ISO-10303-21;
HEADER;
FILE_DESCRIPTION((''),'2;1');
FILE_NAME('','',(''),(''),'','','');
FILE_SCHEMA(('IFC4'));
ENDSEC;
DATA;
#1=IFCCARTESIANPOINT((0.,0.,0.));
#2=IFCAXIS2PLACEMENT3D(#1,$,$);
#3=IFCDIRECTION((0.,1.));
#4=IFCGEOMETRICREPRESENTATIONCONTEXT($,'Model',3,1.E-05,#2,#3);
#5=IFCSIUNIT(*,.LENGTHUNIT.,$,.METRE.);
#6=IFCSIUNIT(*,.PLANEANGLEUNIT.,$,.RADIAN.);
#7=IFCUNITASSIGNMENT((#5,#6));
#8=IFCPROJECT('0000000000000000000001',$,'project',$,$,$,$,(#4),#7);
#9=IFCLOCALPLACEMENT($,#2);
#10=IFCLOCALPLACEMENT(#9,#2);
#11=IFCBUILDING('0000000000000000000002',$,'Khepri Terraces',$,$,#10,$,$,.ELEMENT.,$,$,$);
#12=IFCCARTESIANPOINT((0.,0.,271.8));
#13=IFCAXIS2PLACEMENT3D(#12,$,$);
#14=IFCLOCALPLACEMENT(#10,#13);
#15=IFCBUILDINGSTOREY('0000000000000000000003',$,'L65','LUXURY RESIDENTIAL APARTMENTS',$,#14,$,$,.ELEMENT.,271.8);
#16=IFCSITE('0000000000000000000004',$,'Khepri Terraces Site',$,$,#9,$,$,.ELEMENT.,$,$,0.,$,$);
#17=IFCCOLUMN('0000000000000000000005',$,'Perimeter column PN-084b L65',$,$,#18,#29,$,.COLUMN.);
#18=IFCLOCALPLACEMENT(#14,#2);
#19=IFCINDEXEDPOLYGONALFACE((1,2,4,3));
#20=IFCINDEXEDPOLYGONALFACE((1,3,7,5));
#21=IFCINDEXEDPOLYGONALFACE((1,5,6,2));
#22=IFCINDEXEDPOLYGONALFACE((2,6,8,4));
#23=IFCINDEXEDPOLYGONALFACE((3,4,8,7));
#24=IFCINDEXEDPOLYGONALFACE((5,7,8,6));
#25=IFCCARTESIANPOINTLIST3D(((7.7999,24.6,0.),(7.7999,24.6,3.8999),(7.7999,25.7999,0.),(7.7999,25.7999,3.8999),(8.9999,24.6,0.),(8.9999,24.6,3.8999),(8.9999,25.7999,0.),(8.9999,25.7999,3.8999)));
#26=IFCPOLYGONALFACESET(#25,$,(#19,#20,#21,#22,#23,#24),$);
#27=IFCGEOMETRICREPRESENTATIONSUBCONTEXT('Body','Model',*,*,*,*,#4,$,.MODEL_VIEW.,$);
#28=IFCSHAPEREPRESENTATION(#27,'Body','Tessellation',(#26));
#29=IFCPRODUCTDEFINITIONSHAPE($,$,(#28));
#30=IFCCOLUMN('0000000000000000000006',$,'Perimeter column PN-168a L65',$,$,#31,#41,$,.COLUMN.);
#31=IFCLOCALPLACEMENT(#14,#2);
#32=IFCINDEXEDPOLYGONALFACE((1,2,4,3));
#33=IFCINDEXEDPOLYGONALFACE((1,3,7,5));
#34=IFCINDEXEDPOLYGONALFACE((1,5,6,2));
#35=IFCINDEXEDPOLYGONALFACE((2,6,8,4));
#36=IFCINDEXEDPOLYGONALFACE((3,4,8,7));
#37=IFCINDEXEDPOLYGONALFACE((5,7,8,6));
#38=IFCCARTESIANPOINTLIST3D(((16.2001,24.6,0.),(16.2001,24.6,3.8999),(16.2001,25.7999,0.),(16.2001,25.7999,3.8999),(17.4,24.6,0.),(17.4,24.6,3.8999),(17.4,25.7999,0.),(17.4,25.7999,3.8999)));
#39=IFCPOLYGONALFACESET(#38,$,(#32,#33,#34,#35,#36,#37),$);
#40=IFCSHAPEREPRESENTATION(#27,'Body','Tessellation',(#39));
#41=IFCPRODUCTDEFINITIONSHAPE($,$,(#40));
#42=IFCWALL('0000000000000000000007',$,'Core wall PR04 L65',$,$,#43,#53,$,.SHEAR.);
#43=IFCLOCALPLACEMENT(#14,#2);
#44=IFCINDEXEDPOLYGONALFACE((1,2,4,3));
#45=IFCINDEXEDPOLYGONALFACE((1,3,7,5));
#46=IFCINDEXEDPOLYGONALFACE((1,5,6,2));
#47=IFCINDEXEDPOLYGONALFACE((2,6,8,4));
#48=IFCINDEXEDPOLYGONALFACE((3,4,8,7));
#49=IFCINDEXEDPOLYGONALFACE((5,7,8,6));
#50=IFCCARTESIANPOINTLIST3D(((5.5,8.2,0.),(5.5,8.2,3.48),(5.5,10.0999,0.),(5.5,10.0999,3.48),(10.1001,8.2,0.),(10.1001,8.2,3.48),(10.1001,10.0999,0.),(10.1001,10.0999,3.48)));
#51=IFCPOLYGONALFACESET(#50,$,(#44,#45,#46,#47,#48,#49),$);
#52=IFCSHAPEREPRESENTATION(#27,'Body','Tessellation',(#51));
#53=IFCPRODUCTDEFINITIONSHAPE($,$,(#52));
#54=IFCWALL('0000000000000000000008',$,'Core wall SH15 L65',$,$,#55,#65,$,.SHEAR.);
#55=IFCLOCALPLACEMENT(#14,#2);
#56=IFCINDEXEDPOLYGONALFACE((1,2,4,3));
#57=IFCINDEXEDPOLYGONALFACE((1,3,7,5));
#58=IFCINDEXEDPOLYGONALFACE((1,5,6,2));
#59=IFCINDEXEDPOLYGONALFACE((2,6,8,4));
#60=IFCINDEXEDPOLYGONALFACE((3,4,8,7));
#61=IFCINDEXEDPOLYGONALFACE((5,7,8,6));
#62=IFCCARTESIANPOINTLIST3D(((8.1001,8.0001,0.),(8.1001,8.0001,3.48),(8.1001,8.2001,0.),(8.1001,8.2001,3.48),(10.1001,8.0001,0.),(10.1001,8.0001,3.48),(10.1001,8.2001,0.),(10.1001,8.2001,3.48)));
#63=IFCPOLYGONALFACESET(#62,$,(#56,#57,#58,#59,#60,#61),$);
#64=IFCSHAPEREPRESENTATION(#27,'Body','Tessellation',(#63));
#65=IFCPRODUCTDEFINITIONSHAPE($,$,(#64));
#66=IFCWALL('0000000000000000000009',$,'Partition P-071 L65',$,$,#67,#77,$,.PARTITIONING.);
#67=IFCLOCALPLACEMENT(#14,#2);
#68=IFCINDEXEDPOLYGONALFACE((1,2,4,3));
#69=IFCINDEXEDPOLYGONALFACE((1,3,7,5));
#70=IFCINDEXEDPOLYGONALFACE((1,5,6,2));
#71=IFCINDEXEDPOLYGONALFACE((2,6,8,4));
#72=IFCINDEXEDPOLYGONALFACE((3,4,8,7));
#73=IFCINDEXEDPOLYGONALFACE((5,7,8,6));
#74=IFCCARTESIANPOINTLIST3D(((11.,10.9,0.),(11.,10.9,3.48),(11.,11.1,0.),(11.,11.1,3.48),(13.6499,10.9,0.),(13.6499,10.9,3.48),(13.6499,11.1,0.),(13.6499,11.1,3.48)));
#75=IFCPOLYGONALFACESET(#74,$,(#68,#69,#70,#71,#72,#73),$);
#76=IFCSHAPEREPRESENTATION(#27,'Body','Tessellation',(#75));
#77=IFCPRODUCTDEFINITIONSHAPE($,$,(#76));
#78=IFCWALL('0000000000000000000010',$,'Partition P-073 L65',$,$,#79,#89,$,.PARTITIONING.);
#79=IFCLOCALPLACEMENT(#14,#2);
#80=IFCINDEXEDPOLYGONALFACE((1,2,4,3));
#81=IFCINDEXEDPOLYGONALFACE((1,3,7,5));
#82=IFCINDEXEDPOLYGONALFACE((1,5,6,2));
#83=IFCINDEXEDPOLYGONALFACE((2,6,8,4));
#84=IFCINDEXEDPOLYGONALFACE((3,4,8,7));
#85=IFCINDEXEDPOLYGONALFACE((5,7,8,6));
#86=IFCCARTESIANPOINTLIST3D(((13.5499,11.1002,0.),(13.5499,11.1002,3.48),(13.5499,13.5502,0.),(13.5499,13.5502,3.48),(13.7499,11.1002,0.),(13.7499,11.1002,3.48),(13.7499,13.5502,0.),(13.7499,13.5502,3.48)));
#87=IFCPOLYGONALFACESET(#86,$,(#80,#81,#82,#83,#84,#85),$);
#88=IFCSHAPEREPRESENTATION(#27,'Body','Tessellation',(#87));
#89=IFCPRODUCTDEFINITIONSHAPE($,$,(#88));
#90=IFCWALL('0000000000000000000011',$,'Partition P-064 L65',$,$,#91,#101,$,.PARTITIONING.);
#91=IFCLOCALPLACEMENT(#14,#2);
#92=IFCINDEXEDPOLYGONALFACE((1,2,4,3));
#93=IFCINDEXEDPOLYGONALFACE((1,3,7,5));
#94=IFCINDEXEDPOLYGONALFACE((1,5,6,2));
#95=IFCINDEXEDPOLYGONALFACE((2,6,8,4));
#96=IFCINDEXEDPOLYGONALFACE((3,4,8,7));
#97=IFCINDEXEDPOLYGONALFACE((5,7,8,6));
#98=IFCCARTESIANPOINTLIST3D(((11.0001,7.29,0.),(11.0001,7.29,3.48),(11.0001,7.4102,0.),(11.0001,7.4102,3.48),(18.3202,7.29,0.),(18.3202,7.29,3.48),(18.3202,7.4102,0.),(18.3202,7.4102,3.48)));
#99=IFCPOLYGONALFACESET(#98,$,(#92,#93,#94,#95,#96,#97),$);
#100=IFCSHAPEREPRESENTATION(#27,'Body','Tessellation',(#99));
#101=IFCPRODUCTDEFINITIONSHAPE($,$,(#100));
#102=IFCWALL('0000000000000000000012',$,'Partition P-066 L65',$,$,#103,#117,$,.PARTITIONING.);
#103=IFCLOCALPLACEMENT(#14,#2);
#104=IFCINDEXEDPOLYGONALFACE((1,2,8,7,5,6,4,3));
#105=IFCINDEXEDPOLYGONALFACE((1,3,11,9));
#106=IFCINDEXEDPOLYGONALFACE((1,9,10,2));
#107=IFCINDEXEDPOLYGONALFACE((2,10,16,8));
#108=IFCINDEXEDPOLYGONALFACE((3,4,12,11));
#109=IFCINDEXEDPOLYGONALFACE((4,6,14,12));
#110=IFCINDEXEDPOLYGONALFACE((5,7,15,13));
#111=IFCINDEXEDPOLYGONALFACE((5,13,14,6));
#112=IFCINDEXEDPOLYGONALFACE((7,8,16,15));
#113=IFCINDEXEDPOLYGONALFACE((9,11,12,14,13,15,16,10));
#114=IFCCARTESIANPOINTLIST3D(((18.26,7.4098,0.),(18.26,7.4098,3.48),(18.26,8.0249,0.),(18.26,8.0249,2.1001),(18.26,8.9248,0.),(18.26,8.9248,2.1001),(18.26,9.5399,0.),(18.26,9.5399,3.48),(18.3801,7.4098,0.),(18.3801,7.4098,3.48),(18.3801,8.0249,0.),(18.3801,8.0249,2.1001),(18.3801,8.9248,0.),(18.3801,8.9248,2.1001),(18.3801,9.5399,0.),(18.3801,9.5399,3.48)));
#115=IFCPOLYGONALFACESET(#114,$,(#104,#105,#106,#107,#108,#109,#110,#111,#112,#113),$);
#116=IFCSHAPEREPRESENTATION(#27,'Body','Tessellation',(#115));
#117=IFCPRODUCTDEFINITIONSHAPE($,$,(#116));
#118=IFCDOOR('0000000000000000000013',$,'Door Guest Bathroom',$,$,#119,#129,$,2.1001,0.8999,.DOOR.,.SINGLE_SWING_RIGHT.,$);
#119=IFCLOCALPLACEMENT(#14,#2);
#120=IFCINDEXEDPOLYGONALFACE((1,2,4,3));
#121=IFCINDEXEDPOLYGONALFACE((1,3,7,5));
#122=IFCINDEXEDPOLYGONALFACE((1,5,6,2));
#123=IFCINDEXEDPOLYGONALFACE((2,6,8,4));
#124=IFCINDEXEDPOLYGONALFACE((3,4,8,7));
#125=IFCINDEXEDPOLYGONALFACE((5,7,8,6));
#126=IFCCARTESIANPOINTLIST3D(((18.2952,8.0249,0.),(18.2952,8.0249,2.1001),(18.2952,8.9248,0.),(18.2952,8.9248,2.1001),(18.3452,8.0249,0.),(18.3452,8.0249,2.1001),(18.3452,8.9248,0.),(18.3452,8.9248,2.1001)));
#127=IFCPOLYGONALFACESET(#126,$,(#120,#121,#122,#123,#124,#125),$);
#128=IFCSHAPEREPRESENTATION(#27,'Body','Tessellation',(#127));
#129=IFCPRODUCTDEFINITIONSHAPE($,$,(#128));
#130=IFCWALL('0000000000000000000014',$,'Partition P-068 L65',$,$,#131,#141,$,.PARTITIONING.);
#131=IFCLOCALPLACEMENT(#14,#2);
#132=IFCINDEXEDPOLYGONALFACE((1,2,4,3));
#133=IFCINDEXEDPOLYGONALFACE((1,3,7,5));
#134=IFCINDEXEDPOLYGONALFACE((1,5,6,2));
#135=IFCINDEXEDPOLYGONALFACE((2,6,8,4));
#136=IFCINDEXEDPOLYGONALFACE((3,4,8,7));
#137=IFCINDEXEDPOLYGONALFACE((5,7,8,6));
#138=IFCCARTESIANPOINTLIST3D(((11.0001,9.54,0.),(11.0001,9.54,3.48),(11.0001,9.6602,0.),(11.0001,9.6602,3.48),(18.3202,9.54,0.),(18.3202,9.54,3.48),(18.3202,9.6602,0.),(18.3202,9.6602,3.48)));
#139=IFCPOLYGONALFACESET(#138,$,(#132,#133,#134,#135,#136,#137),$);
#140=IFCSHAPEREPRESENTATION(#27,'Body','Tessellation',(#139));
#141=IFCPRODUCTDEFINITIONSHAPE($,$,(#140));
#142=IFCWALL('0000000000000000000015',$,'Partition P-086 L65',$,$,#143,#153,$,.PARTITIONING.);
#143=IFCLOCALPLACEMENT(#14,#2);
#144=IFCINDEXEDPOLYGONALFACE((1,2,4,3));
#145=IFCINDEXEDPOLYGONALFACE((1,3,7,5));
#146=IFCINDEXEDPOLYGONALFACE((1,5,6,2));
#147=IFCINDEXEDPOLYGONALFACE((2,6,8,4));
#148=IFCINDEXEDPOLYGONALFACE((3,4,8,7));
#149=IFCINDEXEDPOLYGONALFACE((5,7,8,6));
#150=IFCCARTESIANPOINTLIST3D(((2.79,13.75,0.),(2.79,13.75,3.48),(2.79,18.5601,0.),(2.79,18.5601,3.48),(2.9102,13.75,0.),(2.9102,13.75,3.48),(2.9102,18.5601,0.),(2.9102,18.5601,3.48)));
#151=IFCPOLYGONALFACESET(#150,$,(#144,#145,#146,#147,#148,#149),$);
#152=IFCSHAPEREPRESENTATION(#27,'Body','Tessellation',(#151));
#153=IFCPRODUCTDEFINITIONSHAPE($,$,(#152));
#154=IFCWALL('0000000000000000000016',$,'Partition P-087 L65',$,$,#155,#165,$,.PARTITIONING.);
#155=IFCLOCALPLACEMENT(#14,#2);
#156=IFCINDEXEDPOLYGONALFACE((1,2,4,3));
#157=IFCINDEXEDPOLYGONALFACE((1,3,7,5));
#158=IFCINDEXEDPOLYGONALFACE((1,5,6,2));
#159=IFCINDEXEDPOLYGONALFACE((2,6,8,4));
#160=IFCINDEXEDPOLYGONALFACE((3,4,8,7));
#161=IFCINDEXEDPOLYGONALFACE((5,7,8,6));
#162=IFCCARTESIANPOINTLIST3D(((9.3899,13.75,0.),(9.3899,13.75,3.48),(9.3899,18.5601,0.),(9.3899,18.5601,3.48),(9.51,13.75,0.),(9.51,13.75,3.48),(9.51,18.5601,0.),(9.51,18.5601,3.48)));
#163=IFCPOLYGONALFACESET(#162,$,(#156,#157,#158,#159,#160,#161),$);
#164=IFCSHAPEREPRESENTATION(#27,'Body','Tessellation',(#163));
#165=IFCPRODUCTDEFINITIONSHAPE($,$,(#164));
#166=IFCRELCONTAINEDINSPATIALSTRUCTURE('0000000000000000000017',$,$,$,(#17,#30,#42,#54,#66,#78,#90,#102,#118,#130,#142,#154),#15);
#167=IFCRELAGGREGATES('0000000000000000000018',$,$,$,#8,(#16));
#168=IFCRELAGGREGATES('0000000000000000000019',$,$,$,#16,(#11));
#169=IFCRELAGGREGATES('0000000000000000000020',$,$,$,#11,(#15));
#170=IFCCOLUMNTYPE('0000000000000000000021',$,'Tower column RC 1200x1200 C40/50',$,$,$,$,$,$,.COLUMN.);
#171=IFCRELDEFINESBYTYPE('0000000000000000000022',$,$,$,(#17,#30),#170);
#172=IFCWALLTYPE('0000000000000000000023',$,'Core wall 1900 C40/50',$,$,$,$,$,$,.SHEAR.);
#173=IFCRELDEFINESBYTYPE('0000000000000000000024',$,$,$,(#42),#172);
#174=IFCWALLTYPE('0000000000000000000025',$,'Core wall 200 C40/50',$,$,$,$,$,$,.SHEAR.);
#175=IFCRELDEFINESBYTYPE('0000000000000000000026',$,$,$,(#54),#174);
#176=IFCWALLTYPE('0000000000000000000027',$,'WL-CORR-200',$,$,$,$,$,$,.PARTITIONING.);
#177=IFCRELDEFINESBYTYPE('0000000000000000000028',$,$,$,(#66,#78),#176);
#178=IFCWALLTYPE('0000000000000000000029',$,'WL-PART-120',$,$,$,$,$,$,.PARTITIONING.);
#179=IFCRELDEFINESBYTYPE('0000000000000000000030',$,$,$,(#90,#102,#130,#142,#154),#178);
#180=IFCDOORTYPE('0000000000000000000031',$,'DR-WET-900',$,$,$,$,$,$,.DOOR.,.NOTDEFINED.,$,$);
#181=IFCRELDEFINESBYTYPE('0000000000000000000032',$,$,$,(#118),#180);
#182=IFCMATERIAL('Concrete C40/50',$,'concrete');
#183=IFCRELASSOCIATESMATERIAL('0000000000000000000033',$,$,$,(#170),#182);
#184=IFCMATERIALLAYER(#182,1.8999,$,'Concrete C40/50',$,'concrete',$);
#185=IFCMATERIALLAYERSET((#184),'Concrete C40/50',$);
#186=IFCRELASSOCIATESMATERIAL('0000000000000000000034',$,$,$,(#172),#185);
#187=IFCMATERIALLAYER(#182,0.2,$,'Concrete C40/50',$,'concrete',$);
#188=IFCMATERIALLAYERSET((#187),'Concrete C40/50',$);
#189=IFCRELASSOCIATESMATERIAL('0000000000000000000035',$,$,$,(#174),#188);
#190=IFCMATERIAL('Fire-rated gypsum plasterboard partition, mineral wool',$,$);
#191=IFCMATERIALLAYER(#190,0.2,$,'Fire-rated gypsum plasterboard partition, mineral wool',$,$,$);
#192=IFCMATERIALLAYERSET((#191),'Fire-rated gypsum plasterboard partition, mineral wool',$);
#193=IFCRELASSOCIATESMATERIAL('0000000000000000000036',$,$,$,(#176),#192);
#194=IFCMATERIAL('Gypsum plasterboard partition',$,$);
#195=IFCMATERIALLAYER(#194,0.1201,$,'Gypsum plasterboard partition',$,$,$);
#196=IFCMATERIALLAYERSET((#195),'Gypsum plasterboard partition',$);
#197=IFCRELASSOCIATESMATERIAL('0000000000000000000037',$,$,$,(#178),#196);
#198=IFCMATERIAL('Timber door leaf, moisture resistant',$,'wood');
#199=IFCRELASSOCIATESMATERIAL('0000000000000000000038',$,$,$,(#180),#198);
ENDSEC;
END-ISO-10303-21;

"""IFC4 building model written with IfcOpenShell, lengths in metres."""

from ifc_helpers import new_model, si_unit, direction, frame, frame_2d, origin, origin_2d, place, context, subcontext, project, spatial, rectangle, extrude, material, layer, layer_set, material_profile, profile_set, type_object, element, fill, save


model = new_model("IFC4")

# Units and contexts
model_context = context("Model", 3, precision=1e-05, world=origin(), true_north=direction((0.0, 1.0)))
body_context = subcontext(model_context, "Body", "Model", "MODEL_VIEW")
ifc_project = project(units=[si_unit("LENGTHUNIT", "METRE"), si_unit("PLANEANGLEUNIT", "RADIAN")], contexts=[model_context])

# Site, building, storey
site_placement = place(None, origin())
site = spatial("IfcSite", under=ifc_project, at=site_placement, Name="Khepri Terraces Site", CompositionType="ELEMENT", RefElevation=0.0)
building_placement = place(site_placement, origin())
building = spatial("IfcBuilding", under=site, at=building_placement, Name="Khepri Terraces", CompositionType="ELEMENT")
storey_placement = place(building_placement, frame((0.0, 0.0, 271.8)))
storey = spatial("IfcBuildingStorey", under=building, at=storey_placement, Name="L65", Description="LUXURY RESIDENTIAL APARTMENTS", CompositionType="ELEMENT", Elevation=271.8)

# Columns
ifc_material_1 = material(Name="Concrete C40/50", Category="concrete")
ifc_material_profile = material_profile(ifc_material_1, rectangle(XDim=1.2, YDim=1.2, at=origin_2d()), Name="Concrete C40/50", Category="concrete")
ifc_profile_set = profile_set([ifc_material_profile], Name="Concrete C40/50")
column_type = type_object("IfcColumnType", Name="Tower column RC 1200x1200 C40/50", PredefinedType="COLUMN", material=ifc_profile_set)
for number, where, z_axis, x_axis, name in (
    (1, (8.3999, 25.2, 0.0), (0.0, 0.0, 1.0), (1.0, 0.0, 0.0), "Perimeter column PN-084b L65"),
    (2, (16.8, 25.2, 0.0), (0.0, 0.0, 1.0), (1.0, 0.0, 0.0), "Perimeter column PN-168a L65"),
):
    element("IfcColumn", number, at=place(storey_placement, frame(where, z_axis=z_axis, x_axis=x_axis)), inside=storey, type_object=column_type, Name=name, PredefinedType="COLUMN", context=body_context, shape_type="SweptSolid", body=[
        extrude(rectangle(XDim=1.2, YDim=1.2, at=origin_2d()), origin(), (0.0, 0.0, 1.0), 3.8999),
    ])

# Walls
ifc_layer_1 = layer(ifc_material_1, 1.8999, Name="Concrete C40/50", Category="concrete")
ifc_layer_set_1 = layer_set([ifc_layer_1], Name="Concrete C40/50")
wall_type_1 = type_object("IfcWallType", Name="Core wall 1900 C40/50", PredefinedType="SHEAR", material=ifc_layer_set_1)
wall_1_placement = place(storey_placement, frame((5.5, 9.1499, 0.0), z_axis=(0.0, 0.0, 1.0), x_axis=(1.0, 0.0, 0.0)))
element("IfcWall", 3, at=wall_1_placement, inside=storey, type_object=wall_type_1, Name="Core wall PR04 L65", PredefinedType="SHEAR", context=body_context, shape_type="SweptSolid", body=[
    extrude(rectangle(XDim=4.6001, YDim=1.8999, at=frame_2d((2.3, 0.0))), origin(), (0.0, 0.0, 1.0), 3.48),
])
ifc_layer_2 = layer(ifc_material_1, 0.2, Name="Concrete C40/50", Category="concrete")
ifc_layer_set_2 = layer_set([ifc_layer_2], Name="Concrete C40/50")
wall_type_2 = type_object("IfcWallType", Name="Core wall 200 C40/50", PredefinedType="SHEAR", material=ifc_layer_set_2)
wall_2_placement = place(storey_placement, frame((8.1001, 8.1001, 0.0), z_axis=(0.0, 0.0, 1.0), x_axis=(1.0, 0.0, 0.0)))
element("IfcWall", 4, at=wall_2_placement, inside=storey, type_object=wall_type_2, Name="Core wall SH15 L65", PredefinedType="SHEAR", context=body_context, shape_type="SweptSolid", body=[
    extrude(rectangle(XDim=2.0, YDim=0.2, at=frame_2d((1.0, 0.0))), origin(), (0.0, 0.0, 1.0), 3.48),
])
ifc_material_2 = material(Name="Fire-rated gypsum plasterboard partition, mineral wool")
ifc_layer_3 = layer(ifc_material_2, 0.2, Name="Fire-rated gypsum plasterboard partition, mineral wool")
ifc_layer_set_3 = layer_set([ifc_layer_3], Name="Fire-rated gypsum plasterboard partition, mineral wool")
wall_type_3 = type_object("IfcWallType", Name="WL-CORR-200", PredefinedType="PARTITIONING", material=ifc_layer_set_3)
wall_3_placement = place(storey_placement, frame((11.0, 11.0, 0.0), z_axis=(0.0, 0.0, 1.0), x_axis=(1.0, 0.0, 0.0)))
element("IfcWall", 5, at=wall_3_placement, inside=storey, type_object=wall_type_3, Name="Partition P-071 L65", PredefinedType="PARTITIONING", context=body_context, shape_type="SweptSolid", body=[
    extrude(rectangle(XDim=2.6499, YDim=0.2, at=frame_2d((1.325, 0.0))), origin(), (0.0, 0.0, 1.0), 3.48),
])
wall_4_placement = place(storey_placement, frame((13.6499, 11.1001, 0.0), z_axis=(0.0, 0.0, 1.0), x_axis=(0.0, 1.0, 0.0)))
element("IfcWall", 6, at=wall_4_placement, inside=storey, type_object=wall_type_3, Name="Partition P-073 L65", PredefinedType="PARTITIONING", context=body_context, shape_type="SweptSolid", body=[
    extrude(rectangle(XDim=2.45, YDim=0.2, at=frame_2d((1.2251, 0.0))), origin(), (0.0, 0.0, 1.0), 3.48),
])

# Wall
ifc_material_3 = material(Name="Gypsum plasterboard partition")
ifc_layer_4 = layer(ifc_material_3, 0.1201, Name="Gypsum plasterboard partition")
ifc_layer_set_4 = layer_set([ifc_layer_4], Name="Gypsum plasterboard partition")
wall_type_4 = type_object("IfcWallType", Name="WL-PART-120", PredefinedType="PARTITIONING", material=ifc_layer_set_4)
wall_5_placement = place(storey_placement, frame((11.0, 7.3501, 0.0), z_axis=(0.0, 0.0, 1.0), x_axis=(1.0, 0.0, 0.0)))
element("IfcWall", 7, at=wall_5_placement, inside=storey, type_object=wall_type_4, Name="Partition P-064 L65", PredefinedType="PARTITIONING", context=body_context, shape_type="SweptSolid", body=[
    extrude(rectangle(XDim=7.3201, YDim=0.1201, at=frame_2d((3.6602, 0.0))), origin(), (0.0, 0.0, 1.0), 3.48),
])

# Wall, opening, door
wall_6_placement = place(storey_placement, frame((18.3201, 7.4099, 0.0), z_axis=(0.0, 0.0, 1.0), x_axis=(0.0, 1.0, 0.0)))
wall_6 = element("IfcWall", 8, at=wall_6_placement, inside=storey, type_object=wall_type_4, Name="Partition P-066 L65", PredefinedType="PARTITIONING", context=body_context, shape_type="SweptSolid", body=[
    extrude(rectangle(XDim=2.1301, YDim=0.1201, at=frame_2d((1.0649, 0.0))), origin(), (0.0, 0.0, 1.0), 3.48),
])
opening_1_placement = place(wall_6_placement, frame((0.615, 0.0, 0.0)))
opening_1 = element("IfcOpeningElement", 9, at=opening_1_placement, cuts=wall_6, PredefinedType="OPENING", context=body_context, shape_type="SweptSolid", body=[
    extrude(rectangle(XDim=0.8999, YDim=2.1001, at=frame_2d((0.45, 1.05))), frame((0.0, 0.0701, 0.0), z_axis=(0.0, -1.0, 0.0), x_axis=(1.0, 0.0, 0.0)), (0.0, 0.0, 1.0), 0.1401),
])
ifc_material_4 = material(Name="Timber door leaf, moisture resistant", Category="wood")
door_type_1 = type_object("IfcDoorType", Name="DR-WET-900", OperationType="NOTDEFINED", PredefinedType="DOOR", material=ifc_material_4)
door_1_placement = place(opening_1_placement, origin())
door_1 = element("IfcDoor", 10, at=door_1_placement, inside=storey, type_object=door_type_1, Name="Door Guest Bathroom", OperationType="SINGLE_SWING_RIGHT", OverallHeight=2.1001, OverallWidth=0.8999, PredefinedType="DOOR", context=body_context, shape_type="SweptSolid", body=[
    extrude(rectangle(XDim=0.8999, YDim=2.1001, at=frame_2d((0.45, 1.05))), frame((0.0, 0.0249, 0.0), z_axis=(0.0, -1.0, 0.0), x_axis=(1.0, 0.0, 0.0)), (0.0, 0.0, 1.0), 0.05),
])
fill(opening_1, door_1)

# Walls
wall_7_placement = place(storey_placement, frame((11.0, 9.6001, 0.0), z_axis=(0.0, 0.0, 1.0), x_axis=(1.0, 0.0, 0.0)))
element("IfcWall", 11, at=wall_7_placement, inside=storey, type_object=wall_type_4, Name="Partition P-068 L65", PredefinedType="PARTITIONING", context=body_context, shape_type="SweptSolid", body=[
    extrude(rectangle(XDim=7.3201, YDim=0.1201, at=frame_2d((3.6602, 0.0))), origin(), (0.0, 0.0, 1.0), 3.48),
])
for number, where, z_axis, x_axis, name in (
    (12, (2.8501, 13.75, 0.0), (0.0, 0.0, 1.0), (0.0, 1.0, 0.0), "Partition P-086 L65"),
    (13, (9.45, 13.75, 0.0), (0.0, 0.0, 1.0), (0.0, 1.0, 0.0), "Partition P-087 L65"),
):
    element("IfcWall", number, at=place(storey_placement, frame(where, z_axis=z_axis, x_axis=x_axis)), inside=storey, type_object=wall_type_4, Name=name, PredefinedType="PARTITIONING", context=body_context, shape_type="SweptSolid", body=[
        extrude(rectangle(XDim=4.8101, YDim=0.1201, at=frame_2d((2.405, 0.0))), origin(), (0.0, 0.0, 1.0), 3.48),
    ])

save(model, "model.ifc")
